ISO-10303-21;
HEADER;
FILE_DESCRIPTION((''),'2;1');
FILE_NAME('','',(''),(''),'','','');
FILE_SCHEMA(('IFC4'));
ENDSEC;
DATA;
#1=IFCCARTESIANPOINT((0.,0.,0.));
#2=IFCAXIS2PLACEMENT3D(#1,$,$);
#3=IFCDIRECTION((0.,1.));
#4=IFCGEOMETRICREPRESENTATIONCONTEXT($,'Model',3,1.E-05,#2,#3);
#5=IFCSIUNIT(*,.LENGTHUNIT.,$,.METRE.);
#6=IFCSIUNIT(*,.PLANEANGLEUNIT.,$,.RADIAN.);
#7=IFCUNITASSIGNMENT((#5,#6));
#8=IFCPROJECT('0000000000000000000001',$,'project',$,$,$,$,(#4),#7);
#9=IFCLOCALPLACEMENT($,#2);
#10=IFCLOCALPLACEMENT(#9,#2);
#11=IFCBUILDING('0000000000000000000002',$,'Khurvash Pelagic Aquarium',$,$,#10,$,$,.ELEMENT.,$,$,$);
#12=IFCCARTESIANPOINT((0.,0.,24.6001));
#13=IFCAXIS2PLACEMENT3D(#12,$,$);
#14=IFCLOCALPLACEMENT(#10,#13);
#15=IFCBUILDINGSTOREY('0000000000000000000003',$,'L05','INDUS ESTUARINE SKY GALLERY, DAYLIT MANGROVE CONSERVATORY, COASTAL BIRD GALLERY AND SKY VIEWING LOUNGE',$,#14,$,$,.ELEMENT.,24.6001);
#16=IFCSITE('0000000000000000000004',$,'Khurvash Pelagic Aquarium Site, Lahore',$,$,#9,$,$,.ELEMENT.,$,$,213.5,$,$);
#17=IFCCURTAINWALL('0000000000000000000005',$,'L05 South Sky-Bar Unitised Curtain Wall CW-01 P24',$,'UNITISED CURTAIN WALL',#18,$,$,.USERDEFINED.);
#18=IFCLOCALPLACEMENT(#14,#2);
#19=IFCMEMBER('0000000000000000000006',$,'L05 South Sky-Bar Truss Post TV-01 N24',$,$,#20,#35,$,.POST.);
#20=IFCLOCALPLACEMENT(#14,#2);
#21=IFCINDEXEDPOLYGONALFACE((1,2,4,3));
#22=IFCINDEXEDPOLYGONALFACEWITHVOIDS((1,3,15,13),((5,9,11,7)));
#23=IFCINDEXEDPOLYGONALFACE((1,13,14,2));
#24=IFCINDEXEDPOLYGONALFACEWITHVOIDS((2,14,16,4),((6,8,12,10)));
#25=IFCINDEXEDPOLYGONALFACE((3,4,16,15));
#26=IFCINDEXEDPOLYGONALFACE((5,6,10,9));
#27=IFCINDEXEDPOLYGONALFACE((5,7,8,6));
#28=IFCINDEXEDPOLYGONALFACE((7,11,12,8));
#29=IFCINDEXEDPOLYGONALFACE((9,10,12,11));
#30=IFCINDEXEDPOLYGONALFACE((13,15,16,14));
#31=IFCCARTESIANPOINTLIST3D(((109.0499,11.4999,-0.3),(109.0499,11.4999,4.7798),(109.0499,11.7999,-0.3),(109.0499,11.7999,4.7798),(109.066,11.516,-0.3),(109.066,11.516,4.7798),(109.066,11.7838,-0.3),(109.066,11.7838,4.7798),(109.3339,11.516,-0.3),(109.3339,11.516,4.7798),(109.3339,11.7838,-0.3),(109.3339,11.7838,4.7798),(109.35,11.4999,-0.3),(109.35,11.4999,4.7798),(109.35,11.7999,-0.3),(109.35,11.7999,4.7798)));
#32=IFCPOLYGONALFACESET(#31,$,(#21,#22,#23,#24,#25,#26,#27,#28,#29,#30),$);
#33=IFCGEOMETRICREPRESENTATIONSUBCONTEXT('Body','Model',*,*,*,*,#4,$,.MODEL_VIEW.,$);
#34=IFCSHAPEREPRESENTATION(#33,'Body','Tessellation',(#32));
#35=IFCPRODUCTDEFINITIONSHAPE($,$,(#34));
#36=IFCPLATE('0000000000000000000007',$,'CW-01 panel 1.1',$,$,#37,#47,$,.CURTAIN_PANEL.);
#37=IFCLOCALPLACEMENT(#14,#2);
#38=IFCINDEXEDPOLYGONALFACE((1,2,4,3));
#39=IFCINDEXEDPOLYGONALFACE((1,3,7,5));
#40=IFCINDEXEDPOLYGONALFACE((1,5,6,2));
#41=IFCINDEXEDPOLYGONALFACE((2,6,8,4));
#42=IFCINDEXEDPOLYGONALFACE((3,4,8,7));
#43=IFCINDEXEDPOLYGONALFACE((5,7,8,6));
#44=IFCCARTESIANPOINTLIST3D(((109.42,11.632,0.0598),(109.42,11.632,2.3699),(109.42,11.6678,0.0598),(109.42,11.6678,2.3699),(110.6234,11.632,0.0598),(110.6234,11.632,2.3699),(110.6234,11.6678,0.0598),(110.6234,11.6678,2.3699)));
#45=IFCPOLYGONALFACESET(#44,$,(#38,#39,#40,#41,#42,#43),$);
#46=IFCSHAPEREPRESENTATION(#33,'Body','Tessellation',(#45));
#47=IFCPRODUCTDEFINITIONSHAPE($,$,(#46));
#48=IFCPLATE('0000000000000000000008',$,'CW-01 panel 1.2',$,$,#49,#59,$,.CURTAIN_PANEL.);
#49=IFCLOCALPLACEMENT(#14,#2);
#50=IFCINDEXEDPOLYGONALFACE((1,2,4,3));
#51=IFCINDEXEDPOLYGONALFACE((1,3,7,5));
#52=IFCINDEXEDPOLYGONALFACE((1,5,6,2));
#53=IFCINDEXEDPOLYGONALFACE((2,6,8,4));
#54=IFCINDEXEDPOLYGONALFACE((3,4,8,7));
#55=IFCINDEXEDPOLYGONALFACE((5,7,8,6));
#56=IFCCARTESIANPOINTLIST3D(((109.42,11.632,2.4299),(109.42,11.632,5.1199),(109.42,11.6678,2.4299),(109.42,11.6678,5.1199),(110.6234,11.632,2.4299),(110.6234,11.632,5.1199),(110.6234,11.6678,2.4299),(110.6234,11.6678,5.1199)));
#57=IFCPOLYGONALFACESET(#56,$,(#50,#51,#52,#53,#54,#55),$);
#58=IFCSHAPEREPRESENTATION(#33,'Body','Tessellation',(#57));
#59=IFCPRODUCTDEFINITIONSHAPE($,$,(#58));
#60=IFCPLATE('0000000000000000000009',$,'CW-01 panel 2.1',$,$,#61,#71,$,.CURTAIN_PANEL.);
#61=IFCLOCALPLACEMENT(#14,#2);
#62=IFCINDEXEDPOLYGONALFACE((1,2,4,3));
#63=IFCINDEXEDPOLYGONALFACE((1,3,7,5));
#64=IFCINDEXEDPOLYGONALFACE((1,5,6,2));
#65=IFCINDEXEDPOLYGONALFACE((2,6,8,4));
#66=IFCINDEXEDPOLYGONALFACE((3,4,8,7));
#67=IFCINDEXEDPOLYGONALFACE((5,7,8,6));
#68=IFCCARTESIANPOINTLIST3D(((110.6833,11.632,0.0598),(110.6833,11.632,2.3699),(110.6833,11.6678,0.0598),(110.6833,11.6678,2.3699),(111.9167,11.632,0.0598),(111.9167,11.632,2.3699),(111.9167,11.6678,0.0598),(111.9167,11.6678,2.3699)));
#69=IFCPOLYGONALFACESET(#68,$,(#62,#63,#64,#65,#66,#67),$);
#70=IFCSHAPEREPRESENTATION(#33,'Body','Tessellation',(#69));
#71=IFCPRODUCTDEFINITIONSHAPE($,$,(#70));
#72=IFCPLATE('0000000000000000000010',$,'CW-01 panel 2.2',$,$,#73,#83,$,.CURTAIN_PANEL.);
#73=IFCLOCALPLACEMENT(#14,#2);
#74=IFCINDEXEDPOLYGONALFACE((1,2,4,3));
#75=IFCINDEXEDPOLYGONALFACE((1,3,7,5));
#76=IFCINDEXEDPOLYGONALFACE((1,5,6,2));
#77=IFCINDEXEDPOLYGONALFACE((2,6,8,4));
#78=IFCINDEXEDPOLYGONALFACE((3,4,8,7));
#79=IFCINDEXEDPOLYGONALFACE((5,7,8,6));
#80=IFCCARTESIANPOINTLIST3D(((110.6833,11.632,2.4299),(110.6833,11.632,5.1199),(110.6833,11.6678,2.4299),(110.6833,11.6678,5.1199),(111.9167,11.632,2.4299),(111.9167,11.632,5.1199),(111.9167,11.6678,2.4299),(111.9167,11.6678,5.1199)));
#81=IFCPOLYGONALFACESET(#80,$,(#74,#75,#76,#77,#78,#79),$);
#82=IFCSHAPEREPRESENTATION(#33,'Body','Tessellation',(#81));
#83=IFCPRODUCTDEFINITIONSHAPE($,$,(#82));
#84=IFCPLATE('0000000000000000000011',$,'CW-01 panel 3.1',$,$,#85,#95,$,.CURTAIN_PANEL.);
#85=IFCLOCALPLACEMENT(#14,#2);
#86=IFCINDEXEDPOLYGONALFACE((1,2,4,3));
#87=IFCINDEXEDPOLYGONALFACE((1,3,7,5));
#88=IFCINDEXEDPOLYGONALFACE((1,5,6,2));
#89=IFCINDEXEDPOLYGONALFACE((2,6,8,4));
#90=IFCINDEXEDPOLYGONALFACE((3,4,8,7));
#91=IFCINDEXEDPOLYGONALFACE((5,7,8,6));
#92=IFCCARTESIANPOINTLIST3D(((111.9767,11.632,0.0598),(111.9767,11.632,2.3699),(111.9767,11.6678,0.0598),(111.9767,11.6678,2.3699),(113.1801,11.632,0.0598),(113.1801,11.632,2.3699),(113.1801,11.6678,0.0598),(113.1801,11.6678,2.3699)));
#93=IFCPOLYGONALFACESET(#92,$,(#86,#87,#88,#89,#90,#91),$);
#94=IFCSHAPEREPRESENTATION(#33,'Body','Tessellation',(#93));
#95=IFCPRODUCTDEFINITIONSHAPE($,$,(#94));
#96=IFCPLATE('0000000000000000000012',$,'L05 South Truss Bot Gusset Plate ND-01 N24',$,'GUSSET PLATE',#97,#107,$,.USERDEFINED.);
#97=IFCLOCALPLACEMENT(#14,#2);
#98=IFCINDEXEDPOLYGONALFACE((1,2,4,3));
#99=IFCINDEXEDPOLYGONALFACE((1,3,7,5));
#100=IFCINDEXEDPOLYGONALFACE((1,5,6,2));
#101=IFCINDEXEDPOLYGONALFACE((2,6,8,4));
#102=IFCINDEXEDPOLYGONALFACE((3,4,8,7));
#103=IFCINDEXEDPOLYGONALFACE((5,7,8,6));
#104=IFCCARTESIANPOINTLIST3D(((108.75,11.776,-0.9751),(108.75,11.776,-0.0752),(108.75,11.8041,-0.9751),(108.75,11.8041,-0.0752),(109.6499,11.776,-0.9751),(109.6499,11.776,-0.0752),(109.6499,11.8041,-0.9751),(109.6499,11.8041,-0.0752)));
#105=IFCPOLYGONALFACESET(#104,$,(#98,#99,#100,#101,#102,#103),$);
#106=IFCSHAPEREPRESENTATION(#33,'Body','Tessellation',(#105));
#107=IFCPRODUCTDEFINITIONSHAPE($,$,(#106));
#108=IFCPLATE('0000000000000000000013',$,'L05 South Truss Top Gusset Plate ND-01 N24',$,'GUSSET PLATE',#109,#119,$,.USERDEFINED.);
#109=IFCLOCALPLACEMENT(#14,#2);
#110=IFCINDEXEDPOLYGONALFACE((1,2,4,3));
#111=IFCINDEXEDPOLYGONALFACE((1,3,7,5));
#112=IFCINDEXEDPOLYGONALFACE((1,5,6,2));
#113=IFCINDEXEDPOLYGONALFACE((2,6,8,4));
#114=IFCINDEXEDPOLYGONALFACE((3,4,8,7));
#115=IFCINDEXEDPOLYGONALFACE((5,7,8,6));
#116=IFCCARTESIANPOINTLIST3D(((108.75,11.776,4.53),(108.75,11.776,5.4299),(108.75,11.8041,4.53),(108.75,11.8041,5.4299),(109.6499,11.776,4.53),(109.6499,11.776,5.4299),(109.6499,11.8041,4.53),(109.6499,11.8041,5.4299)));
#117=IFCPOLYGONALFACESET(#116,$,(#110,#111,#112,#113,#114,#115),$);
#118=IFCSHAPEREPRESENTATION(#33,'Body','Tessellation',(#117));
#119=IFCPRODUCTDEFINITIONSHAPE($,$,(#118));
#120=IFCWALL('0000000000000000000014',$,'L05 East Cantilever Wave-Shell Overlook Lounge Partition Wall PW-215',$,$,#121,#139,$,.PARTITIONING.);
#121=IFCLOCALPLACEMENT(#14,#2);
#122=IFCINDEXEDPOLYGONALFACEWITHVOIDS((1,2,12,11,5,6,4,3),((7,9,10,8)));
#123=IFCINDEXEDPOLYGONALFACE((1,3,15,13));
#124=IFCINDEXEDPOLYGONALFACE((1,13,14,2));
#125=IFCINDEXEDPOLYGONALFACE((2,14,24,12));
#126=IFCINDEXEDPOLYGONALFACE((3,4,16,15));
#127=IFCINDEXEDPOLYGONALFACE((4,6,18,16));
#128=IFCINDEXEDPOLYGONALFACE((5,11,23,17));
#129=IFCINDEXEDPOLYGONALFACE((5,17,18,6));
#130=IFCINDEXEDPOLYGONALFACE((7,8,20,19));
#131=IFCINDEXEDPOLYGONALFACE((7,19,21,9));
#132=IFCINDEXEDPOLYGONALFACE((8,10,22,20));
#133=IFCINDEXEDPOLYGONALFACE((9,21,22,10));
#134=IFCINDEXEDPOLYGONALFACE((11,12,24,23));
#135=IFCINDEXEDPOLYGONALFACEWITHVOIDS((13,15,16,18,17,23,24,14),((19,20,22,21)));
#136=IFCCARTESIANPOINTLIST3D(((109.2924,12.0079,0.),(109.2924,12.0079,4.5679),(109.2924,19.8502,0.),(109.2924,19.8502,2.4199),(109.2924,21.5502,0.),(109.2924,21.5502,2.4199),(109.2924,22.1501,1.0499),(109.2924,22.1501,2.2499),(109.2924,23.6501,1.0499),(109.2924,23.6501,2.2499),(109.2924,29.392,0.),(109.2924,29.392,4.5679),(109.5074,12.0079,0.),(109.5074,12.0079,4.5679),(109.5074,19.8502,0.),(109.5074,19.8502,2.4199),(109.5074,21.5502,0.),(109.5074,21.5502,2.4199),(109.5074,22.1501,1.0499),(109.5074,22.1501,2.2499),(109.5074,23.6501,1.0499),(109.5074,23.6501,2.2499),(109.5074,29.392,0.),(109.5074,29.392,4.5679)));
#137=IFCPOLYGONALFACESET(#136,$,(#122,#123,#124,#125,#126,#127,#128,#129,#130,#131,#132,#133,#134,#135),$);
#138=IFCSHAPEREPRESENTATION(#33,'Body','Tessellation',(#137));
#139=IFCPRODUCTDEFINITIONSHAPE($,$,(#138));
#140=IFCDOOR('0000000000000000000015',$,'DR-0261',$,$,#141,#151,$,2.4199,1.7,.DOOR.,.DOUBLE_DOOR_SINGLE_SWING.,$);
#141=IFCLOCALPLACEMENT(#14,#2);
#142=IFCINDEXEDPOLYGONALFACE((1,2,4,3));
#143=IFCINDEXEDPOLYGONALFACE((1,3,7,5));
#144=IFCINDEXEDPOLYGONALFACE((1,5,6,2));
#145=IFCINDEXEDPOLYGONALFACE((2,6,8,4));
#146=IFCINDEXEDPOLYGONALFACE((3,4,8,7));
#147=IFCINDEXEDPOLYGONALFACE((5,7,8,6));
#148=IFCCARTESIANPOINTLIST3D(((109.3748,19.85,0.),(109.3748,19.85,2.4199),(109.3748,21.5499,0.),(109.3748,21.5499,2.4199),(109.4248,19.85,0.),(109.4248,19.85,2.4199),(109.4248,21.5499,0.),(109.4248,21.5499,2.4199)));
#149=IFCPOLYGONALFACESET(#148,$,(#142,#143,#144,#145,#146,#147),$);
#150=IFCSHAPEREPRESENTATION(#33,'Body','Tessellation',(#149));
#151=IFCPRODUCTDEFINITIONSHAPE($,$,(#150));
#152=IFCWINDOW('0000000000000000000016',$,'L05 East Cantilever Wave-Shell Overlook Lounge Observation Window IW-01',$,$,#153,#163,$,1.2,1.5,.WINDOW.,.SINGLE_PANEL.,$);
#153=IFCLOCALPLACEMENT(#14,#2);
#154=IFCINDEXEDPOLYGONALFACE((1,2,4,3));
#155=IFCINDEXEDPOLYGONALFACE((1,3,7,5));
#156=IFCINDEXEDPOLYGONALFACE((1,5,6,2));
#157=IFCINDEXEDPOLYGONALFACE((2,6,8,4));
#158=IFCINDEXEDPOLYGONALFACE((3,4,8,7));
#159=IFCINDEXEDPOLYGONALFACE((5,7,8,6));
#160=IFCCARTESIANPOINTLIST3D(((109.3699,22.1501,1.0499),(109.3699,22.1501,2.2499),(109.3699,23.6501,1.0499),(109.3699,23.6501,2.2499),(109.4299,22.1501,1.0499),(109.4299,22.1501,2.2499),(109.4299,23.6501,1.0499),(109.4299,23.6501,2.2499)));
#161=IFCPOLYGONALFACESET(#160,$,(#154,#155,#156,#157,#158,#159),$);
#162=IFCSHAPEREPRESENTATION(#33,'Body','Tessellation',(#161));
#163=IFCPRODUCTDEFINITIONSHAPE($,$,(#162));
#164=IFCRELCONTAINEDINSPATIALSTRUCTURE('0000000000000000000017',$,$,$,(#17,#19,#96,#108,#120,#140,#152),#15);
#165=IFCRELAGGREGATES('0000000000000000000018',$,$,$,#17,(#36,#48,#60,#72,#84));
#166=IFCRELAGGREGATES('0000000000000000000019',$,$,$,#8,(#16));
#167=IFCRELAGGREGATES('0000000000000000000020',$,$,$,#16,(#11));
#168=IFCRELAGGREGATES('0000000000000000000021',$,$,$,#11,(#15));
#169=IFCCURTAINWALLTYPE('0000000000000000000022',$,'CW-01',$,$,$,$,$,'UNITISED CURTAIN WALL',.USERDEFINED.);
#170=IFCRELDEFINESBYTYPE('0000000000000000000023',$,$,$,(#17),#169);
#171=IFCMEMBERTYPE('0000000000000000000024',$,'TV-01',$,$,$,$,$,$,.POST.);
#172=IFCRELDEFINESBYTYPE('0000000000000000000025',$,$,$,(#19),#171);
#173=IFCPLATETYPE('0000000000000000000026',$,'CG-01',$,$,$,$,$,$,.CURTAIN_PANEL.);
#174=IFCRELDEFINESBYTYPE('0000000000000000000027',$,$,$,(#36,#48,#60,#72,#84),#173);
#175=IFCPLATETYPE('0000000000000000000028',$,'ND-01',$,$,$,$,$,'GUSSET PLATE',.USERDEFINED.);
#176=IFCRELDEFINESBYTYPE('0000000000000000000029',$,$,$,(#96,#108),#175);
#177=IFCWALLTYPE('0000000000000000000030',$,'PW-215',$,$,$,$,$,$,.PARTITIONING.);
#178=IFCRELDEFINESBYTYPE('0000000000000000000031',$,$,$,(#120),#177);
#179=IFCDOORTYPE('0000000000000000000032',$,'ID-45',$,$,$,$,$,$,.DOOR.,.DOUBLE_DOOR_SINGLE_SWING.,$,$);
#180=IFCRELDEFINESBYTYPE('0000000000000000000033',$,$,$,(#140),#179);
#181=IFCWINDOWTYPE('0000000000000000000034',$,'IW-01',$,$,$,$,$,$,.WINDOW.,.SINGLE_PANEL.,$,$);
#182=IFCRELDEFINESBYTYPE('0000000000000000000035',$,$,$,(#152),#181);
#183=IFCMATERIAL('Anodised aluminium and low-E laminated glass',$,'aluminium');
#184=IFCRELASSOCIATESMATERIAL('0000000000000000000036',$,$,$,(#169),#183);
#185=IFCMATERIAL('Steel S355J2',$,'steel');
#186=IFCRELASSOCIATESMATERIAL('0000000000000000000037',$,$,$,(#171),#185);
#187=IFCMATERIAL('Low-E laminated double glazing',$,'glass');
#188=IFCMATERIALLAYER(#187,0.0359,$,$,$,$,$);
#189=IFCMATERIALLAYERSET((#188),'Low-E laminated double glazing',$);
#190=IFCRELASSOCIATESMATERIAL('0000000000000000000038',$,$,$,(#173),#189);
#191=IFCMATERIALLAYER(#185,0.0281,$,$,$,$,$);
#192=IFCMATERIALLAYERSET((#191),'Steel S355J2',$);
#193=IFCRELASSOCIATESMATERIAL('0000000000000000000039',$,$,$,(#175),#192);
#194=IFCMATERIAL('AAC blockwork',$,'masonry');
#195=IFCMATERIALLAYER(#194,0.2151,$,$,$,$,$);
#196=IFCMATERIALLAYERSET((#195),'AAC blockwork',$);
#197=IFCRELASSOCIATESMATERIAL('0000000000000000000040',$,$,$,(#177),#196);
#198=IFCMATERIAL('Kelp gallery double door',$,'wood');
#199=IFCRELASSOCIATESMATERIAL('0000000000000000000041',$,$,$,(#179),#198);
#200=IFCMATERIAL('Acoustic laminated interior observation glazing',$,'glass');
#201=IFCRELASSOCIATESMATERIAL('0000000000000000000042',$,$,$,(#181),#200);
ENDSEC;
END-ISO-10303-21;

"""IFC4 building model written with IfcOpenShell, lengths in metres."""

from ifc_helpers import new_model, si_unit, direction, frame, frame_2d, origin, origin_2d, place, context, subcontext, project, spatial, rectangle, hollow_rectangle, extrude, material, layer, layer_set, material_profile, profile_set, type_object, element, fill, aggregate, save


model = new_model("IFC4")

# Units and contexts
model_context = context("Model", 3, precision=1e-05, world=origin(), true_north=direction((0.0, 1.0)))
body_context = subcontext(model_context, "Body", "Model", "MODEL_VIEW")
ifc_project = project(units=[si_unit("LENGTHUNIT", "METRE"), si_unit("PLANEANGLEUNIT", "RADIAN")], contexts=[model_context])

# Site, building, storey
site_placement = place(None, origin())
site = spatial("IfcSite", under=ifc_project, at=site_placement, Name="Khurvash Pelagic Aquarium Site, Lahore", CompositionType="ELEMENT", RefElevation=213.5)
building_placement = place(site_placement, origin())
building = spatial("IfcBuilding", under=site, at=building_placement, Name="Khurvash Pelagic Aquarium", CompositionType="ELEMENT")
storey_placement = place(building_placement, frame((0.0, 0.0, 24.6001)))
storey = spatial("IfcBuildingStorey", under=building, at=storey_placement, Name="L05", Description="INDUS ESTUARINE SKY GALLERY, DAYLIT MANGROVE CONSERVATORY, COASTAL BIRD GALLERY AND SKY VIEWING LOUNGE", CompositionType="ELEMENT", Elevation=24.6001)

# Curtain wall
ifc_material_1 = material(Name="Anodised aluminium and low-E laminated glass", Category="aluminium")
curtain_wall_type = type_object("IfcCurtainWallType", Name="CW-01", ElementType="UNITISED CURTAIN WALL", PredefinedType="USERDEFINED", material=ifc_material_1)
curtain_wall_placement = place(storey_placement, origin())
curtain_wall = element("IfcCurtainWall", 1, at=curtain_wall_placement, inside=storey, type_object=curtain_wall_type, Name="L05 South Sky-Bar Unitised Curtain Wall CW-01 P24", ObjectType="UNITISED CURTAIN WALL", PredefinedType="USERDEFINED")

# Member
ifc_material_2 = material(Name="Steel S355J2", Category="steel")
ifc_material_profile_1 = material_profile(ifc_material_2, hollow_rectangle(XDim=0.3, YDim=0.3, WallThickness=0.0161, at=origin_2d()), Name="SHS300X300X16")
ifc_profile_set_1 = profile_set([ifc_material_profile_1], Name="Steel S355J2")
member_type_1 = type_object("IfcMemberType", Name="TV-01", PredefinedType="POST", material=ifc_profile_set_1)
member_1_placement = place(storey_placement, frame((109.2, 11.6499, -0.3), z_axis=(0.0, 0.0, 1.0), x_axis=(1.0, 0.0, 0.0)))
element("IfcMember", 2, at=member_1_placement, inside=storey, type_object=member_type_1, Name="L05 South Sky-Bar Truss Post TV-01 N24", PredefinedType="POST", context=body_context, shape_type="SweptSolid", body=[
    extrude(hollow_rectangle(XDim=0.3, YDim=0.3, WallThickness=0.0161, at=origin_2d()), origin(), (0.0, 0.0, 1.0), 5.0798),
])

# Plates
ifc_material_3 = material(Name="Low-E laminated double glazing", Category="glass")
ifc_layer_1 = layer(ifc_material_3, 0.0359)
ifc_layer_set_1 = layer_set([ifc_layer_1], Name="Low-E laminated double glazing")
plate_type_1 = type_object("IfcPlateType", Name="CG-01", PredefinedType="CURTAIN_PANEL", material=ifc_layer_set_1)
plate_1_placement = place(storey_placement, frame((110.0217, 11.6499, 0.0598), z_axis=(0.0, 0.0, 1.0), x_axis=(1.0, 0.0, 0.0)))
plate_1 = element("IfcPlate", 3, at=plate_1_placement, type_object=plate_type_1, Name="CW-01 panel 1.1", PredefinedType="CURTAIN_PANEL", context=body_context, shape_type="SweptSolid", body=[
    extrude(rectangle(XDim=1.2034, YDim=0.0359, at=origin_2d()), origin(), (0.0, 0.0, 1.0), 2.3101),
])
plate_2_placement = place(storey_placement, frame((110.0217, 11.6499, 2.4299), z_axis=(0.0, 0.0, 1.0), x_axis=(1.0, 0.0, 0.0)))
plate_2 = element("IfcPlate", 4, at=plate_2_placement, type_object=plate_type_1, Name="CW-01 panel 1.2", PredefinedType="CURTAIN_PANEL", context=body_context, shape_type="SweptSolid", body=[
    extrude(rectangle(XDim=1.2034, YDim=0.0359, at=origin_2d()), origin(), (0.0, 0.0, 1.0), 2.6899),
])
plate_3_placement = place(storey_placement, frame((111.3, 11.6499, 0.0598), z_axis=(0.0, 0.0, 1.0), x_axis=(1.0, 0.0, 0.0)))
plate_3 = element("IfcPlate", 5, at=plate_3_placement, type_object=plate_type_1, Name="CW-01 panel 2.1", PredefinedType="CURTAIN_PANEL", context=body_context, shape_type="SweptSolid", body=[
    extrude(rectangle(XDim=1.2334, YDim=0.0359, at=origin_2d()), origin(), (0.0, 0.0, 1.0), 2.3101),
])
plate_4_placement = place(storey_placement, frame((111.3, 11.6499, 2.4299), z_axis=(0.0, 0.0, 1.0), x_axis=(1.0, 0.0, 0.0)))
plate_4 = element("IfcPlate", 6, at=plate_4_placement, type_object=plate_type_1, Name="CW-01 panel 2.2", PredefinedType="CURTAIN_PANEL", context=body_context, shape_type="SweptSolid", body=[
    extrude(rectangle(XDim=1.2334, YDim=0.0359, at=origin_2d()), origin(), (0.0, 0.0, 1.0), 2.6899),
])
plate_5_placement = place(storey_placement, frame((112.5784, 11.6499, 0.0598), z_axis=(0.0, 0.0, 1.0), x_axis=(1.0, 0.0, 0.0)))
plate_5 = element("IfcPlate", 7, at=plate_5_placement, type_object=plate_type_1, Name="CW-01 panel 3.1", PredefinedType="CURTAIN_PANEL", context=body_context, shape_type="SweptSolid", body=[
    extrude(rectangle(XDim=1.2034, YDim=0.0359, at=origin_2d()), origin(), (0.0, 0.0, 1.0), 2.3101),
])
aggregate(curtain_wall, [plate_1, plate_2, plate_3, plate_4, plate_5])

# Plates
ifc_layer_2 = layer(ifc_material_2, 0.0281)
ifc_layer_set_2 = layer_set([ifc_layer_2], Name="Steel S355J2")
plate_type_2 = type_object("IfcPlateType", Name="ND-01", ElementType="GUSSET PLATE", PredefinedType="USERDEFINED", material=ifc_layer_set_2)
for number, where, z_axis, x_axis, name in (
    (8, (109.2, 11.79, -0.9751), (0.0, 0.0, 1.0), (1.0, 0.0, 0.0), "L05 South Truss Bot Gusset Plate ND-01 N24"),
    (9, (109.2, 11.79, 4.53), (0.0, 0.0, 1.0), (1.0, 0.0, 0.0), "L05 South Truss Top Gusset Plate ND-01 N24"),
):
    element("IfcPlate", number, at=place(storey_placement, frame(where, z_axis=z_axis, x_axis=x_axis)), inside=storey, type_object=plate_type_2, Name=name, ObjectType="GUSSET PLATE", PredefinedType="USERDEFINED", context=body_context, shape_type="SweptSolid", body=[
        extrude(rectangle(XDim=0.8999, YDim=0.0281, at=origin_2d()), origin(), (0.0, 0.0, 1.0), 0.8999),
    ])

# Wall, openings, door, window
ifc_material_4 = material(Name="AAC blockwork", Category="masonry")
ifc_layer_3 = layer(ifc_material_4, 0.2151)
ifc_layer_set_3 = layer_set([ifc_layer_3], Name="AAC blockwork")
wall_type = type_object("IfcWallType", Name="PW-215", PredefinedType="PARTITIONING", material=ifc_layer_set_3)
wall_placement = place(storey_placement, frame((109.3999, 12.0081, 0.0), z_axis=(0.0, 0.0, 1.0), x_axis=(0.0, 1.0, 0.0)))
wall = element("IfcWall", 10, at=wall_placement, inside=storey, type_object=wall_type, Name="L05 East Cantilever Wave-Shell Overlook Lounge Partition Wall PW-215", PredefinedType="PARTITIONING", context=body_context, shape_type="SweptSolid", body=[
    extrude(rectangle(XDim=17.384, YDim=0.2151, at=frame_2d((8.6919, 0.0))), origin(), (0.0, 0.0, 1.0), 4.5679),
])
opening_1_placement = place(wall_placement, frame((7.842, 0.0, 0.0)))
opening_1 = element("IfcOpeningElement", 11, at=opening_1_placement, cuts=wall, PredefinedType="OPENING", context=body_context, shape_type="SweptSolid", body=[
    extrude(rectangle(XDim=1.7, YDim=2.4199, at=frame_2d((0.8501, 1.21))), frame((0.0, 0.1177, 0.0), z_axis=(0.0, -1.0, 0.0), x_axis=(1.0, 0.0, 0.0)), (0.0, 0.0, 1.0), 0.2351),
])
opening_2_placement = place(wall_placement, frame((10.1421, 0.0, 1.0498)))
opening_2 = element("IfcOpeningElement", 12, at=opening_2_placement, cuts=wall, PredefinedType="OPENING", context=body_context, shape_type="SweptSolid", body=[
    extrude(rectangle(XDim=1.5, YDim=1.2, at=frame_2d((0.75, 0.6001))), frame((0.0, 0.1177, 0.0), z_axis=(0.0, -1.0, 0.0), x_axis=(1.0, 0.0, 0.0)), (0.0, 0.0, 1.0), 0.2351),
])
ifc_material_5 = material(Name="Kelp gallery double door", Category="wood")
door_type = type_object("IfcDoorType", Name="ID-45", OperationType="DOUBLE_DOOR_SINGLE_SWING", PredefinedType="DOOR", material=ifc_material_5)
door_placement = place(opening_1_placement, frame((1.7, 0.0, 0.0), z_axis=(0.0, 0.0, 1.0), x_axis=(-1.0, 0.0, 0.0)))
door = element("IfcDoor", 13, at=door_placement, inside=storey, type_object=door_type, Name="DR-0261", OperationType="DOUBLE_DOOR_SINGLE_SWING", OverallHeight=2.4199, OverallWidth=1.7, PredefinedType="DOOR", context=body_context, shape_type="SweptSolid", body=[
    extrude(rectangle(XDim=1.7, YDim=2.4199, at=frame_2d((0.8501, 1.21))), frame((0.0, 0.0249, 0.0), z_axis=(0.0, -1.0, 0.0), x_axis=(1.0, 0.0, 0.0)), (0.0, 0.0, 1.0), 0.05),
])
fill(opening_1, door)
ifc_material_6 = material(Name="Acoustic laminated interior observation glazing", Category="glass")
window_type = type_object("IfcWindowType", Name="IW-01", PartitioningType="SINGLE_PANEL", PredefinedType="WINDOW", material=ifc_material_6)
window_placement = place(opening_2_placement, origin())
window = element("IfcWindow", 14, at=window_placement, inside=storey, type_object=window_type, Name="L05 East Cantilever Wave-Shell Overlook Lounge Observation Window IW-01", OverallHeight=1.2, OverallWidth=1.5, PartitioningType="SINGLE_PANEL", PredefinedType="WINDOW", context=body_context, shape_type="SweptSolid", body=[
    extrude(rectangle(XDim=1.5, YDim=1.2, at=frame_2d((0.75, 0.6001))), frame((0.0, 0.03, 0.0), z_axis=(0.0, -1.0, 0.0), x_axis=(1.0, 0.0, 0.0)), (0.0, 0.0, 1.0), 0.0601),
])
fill(opening_2, window)

save(model, "model.ifc")
